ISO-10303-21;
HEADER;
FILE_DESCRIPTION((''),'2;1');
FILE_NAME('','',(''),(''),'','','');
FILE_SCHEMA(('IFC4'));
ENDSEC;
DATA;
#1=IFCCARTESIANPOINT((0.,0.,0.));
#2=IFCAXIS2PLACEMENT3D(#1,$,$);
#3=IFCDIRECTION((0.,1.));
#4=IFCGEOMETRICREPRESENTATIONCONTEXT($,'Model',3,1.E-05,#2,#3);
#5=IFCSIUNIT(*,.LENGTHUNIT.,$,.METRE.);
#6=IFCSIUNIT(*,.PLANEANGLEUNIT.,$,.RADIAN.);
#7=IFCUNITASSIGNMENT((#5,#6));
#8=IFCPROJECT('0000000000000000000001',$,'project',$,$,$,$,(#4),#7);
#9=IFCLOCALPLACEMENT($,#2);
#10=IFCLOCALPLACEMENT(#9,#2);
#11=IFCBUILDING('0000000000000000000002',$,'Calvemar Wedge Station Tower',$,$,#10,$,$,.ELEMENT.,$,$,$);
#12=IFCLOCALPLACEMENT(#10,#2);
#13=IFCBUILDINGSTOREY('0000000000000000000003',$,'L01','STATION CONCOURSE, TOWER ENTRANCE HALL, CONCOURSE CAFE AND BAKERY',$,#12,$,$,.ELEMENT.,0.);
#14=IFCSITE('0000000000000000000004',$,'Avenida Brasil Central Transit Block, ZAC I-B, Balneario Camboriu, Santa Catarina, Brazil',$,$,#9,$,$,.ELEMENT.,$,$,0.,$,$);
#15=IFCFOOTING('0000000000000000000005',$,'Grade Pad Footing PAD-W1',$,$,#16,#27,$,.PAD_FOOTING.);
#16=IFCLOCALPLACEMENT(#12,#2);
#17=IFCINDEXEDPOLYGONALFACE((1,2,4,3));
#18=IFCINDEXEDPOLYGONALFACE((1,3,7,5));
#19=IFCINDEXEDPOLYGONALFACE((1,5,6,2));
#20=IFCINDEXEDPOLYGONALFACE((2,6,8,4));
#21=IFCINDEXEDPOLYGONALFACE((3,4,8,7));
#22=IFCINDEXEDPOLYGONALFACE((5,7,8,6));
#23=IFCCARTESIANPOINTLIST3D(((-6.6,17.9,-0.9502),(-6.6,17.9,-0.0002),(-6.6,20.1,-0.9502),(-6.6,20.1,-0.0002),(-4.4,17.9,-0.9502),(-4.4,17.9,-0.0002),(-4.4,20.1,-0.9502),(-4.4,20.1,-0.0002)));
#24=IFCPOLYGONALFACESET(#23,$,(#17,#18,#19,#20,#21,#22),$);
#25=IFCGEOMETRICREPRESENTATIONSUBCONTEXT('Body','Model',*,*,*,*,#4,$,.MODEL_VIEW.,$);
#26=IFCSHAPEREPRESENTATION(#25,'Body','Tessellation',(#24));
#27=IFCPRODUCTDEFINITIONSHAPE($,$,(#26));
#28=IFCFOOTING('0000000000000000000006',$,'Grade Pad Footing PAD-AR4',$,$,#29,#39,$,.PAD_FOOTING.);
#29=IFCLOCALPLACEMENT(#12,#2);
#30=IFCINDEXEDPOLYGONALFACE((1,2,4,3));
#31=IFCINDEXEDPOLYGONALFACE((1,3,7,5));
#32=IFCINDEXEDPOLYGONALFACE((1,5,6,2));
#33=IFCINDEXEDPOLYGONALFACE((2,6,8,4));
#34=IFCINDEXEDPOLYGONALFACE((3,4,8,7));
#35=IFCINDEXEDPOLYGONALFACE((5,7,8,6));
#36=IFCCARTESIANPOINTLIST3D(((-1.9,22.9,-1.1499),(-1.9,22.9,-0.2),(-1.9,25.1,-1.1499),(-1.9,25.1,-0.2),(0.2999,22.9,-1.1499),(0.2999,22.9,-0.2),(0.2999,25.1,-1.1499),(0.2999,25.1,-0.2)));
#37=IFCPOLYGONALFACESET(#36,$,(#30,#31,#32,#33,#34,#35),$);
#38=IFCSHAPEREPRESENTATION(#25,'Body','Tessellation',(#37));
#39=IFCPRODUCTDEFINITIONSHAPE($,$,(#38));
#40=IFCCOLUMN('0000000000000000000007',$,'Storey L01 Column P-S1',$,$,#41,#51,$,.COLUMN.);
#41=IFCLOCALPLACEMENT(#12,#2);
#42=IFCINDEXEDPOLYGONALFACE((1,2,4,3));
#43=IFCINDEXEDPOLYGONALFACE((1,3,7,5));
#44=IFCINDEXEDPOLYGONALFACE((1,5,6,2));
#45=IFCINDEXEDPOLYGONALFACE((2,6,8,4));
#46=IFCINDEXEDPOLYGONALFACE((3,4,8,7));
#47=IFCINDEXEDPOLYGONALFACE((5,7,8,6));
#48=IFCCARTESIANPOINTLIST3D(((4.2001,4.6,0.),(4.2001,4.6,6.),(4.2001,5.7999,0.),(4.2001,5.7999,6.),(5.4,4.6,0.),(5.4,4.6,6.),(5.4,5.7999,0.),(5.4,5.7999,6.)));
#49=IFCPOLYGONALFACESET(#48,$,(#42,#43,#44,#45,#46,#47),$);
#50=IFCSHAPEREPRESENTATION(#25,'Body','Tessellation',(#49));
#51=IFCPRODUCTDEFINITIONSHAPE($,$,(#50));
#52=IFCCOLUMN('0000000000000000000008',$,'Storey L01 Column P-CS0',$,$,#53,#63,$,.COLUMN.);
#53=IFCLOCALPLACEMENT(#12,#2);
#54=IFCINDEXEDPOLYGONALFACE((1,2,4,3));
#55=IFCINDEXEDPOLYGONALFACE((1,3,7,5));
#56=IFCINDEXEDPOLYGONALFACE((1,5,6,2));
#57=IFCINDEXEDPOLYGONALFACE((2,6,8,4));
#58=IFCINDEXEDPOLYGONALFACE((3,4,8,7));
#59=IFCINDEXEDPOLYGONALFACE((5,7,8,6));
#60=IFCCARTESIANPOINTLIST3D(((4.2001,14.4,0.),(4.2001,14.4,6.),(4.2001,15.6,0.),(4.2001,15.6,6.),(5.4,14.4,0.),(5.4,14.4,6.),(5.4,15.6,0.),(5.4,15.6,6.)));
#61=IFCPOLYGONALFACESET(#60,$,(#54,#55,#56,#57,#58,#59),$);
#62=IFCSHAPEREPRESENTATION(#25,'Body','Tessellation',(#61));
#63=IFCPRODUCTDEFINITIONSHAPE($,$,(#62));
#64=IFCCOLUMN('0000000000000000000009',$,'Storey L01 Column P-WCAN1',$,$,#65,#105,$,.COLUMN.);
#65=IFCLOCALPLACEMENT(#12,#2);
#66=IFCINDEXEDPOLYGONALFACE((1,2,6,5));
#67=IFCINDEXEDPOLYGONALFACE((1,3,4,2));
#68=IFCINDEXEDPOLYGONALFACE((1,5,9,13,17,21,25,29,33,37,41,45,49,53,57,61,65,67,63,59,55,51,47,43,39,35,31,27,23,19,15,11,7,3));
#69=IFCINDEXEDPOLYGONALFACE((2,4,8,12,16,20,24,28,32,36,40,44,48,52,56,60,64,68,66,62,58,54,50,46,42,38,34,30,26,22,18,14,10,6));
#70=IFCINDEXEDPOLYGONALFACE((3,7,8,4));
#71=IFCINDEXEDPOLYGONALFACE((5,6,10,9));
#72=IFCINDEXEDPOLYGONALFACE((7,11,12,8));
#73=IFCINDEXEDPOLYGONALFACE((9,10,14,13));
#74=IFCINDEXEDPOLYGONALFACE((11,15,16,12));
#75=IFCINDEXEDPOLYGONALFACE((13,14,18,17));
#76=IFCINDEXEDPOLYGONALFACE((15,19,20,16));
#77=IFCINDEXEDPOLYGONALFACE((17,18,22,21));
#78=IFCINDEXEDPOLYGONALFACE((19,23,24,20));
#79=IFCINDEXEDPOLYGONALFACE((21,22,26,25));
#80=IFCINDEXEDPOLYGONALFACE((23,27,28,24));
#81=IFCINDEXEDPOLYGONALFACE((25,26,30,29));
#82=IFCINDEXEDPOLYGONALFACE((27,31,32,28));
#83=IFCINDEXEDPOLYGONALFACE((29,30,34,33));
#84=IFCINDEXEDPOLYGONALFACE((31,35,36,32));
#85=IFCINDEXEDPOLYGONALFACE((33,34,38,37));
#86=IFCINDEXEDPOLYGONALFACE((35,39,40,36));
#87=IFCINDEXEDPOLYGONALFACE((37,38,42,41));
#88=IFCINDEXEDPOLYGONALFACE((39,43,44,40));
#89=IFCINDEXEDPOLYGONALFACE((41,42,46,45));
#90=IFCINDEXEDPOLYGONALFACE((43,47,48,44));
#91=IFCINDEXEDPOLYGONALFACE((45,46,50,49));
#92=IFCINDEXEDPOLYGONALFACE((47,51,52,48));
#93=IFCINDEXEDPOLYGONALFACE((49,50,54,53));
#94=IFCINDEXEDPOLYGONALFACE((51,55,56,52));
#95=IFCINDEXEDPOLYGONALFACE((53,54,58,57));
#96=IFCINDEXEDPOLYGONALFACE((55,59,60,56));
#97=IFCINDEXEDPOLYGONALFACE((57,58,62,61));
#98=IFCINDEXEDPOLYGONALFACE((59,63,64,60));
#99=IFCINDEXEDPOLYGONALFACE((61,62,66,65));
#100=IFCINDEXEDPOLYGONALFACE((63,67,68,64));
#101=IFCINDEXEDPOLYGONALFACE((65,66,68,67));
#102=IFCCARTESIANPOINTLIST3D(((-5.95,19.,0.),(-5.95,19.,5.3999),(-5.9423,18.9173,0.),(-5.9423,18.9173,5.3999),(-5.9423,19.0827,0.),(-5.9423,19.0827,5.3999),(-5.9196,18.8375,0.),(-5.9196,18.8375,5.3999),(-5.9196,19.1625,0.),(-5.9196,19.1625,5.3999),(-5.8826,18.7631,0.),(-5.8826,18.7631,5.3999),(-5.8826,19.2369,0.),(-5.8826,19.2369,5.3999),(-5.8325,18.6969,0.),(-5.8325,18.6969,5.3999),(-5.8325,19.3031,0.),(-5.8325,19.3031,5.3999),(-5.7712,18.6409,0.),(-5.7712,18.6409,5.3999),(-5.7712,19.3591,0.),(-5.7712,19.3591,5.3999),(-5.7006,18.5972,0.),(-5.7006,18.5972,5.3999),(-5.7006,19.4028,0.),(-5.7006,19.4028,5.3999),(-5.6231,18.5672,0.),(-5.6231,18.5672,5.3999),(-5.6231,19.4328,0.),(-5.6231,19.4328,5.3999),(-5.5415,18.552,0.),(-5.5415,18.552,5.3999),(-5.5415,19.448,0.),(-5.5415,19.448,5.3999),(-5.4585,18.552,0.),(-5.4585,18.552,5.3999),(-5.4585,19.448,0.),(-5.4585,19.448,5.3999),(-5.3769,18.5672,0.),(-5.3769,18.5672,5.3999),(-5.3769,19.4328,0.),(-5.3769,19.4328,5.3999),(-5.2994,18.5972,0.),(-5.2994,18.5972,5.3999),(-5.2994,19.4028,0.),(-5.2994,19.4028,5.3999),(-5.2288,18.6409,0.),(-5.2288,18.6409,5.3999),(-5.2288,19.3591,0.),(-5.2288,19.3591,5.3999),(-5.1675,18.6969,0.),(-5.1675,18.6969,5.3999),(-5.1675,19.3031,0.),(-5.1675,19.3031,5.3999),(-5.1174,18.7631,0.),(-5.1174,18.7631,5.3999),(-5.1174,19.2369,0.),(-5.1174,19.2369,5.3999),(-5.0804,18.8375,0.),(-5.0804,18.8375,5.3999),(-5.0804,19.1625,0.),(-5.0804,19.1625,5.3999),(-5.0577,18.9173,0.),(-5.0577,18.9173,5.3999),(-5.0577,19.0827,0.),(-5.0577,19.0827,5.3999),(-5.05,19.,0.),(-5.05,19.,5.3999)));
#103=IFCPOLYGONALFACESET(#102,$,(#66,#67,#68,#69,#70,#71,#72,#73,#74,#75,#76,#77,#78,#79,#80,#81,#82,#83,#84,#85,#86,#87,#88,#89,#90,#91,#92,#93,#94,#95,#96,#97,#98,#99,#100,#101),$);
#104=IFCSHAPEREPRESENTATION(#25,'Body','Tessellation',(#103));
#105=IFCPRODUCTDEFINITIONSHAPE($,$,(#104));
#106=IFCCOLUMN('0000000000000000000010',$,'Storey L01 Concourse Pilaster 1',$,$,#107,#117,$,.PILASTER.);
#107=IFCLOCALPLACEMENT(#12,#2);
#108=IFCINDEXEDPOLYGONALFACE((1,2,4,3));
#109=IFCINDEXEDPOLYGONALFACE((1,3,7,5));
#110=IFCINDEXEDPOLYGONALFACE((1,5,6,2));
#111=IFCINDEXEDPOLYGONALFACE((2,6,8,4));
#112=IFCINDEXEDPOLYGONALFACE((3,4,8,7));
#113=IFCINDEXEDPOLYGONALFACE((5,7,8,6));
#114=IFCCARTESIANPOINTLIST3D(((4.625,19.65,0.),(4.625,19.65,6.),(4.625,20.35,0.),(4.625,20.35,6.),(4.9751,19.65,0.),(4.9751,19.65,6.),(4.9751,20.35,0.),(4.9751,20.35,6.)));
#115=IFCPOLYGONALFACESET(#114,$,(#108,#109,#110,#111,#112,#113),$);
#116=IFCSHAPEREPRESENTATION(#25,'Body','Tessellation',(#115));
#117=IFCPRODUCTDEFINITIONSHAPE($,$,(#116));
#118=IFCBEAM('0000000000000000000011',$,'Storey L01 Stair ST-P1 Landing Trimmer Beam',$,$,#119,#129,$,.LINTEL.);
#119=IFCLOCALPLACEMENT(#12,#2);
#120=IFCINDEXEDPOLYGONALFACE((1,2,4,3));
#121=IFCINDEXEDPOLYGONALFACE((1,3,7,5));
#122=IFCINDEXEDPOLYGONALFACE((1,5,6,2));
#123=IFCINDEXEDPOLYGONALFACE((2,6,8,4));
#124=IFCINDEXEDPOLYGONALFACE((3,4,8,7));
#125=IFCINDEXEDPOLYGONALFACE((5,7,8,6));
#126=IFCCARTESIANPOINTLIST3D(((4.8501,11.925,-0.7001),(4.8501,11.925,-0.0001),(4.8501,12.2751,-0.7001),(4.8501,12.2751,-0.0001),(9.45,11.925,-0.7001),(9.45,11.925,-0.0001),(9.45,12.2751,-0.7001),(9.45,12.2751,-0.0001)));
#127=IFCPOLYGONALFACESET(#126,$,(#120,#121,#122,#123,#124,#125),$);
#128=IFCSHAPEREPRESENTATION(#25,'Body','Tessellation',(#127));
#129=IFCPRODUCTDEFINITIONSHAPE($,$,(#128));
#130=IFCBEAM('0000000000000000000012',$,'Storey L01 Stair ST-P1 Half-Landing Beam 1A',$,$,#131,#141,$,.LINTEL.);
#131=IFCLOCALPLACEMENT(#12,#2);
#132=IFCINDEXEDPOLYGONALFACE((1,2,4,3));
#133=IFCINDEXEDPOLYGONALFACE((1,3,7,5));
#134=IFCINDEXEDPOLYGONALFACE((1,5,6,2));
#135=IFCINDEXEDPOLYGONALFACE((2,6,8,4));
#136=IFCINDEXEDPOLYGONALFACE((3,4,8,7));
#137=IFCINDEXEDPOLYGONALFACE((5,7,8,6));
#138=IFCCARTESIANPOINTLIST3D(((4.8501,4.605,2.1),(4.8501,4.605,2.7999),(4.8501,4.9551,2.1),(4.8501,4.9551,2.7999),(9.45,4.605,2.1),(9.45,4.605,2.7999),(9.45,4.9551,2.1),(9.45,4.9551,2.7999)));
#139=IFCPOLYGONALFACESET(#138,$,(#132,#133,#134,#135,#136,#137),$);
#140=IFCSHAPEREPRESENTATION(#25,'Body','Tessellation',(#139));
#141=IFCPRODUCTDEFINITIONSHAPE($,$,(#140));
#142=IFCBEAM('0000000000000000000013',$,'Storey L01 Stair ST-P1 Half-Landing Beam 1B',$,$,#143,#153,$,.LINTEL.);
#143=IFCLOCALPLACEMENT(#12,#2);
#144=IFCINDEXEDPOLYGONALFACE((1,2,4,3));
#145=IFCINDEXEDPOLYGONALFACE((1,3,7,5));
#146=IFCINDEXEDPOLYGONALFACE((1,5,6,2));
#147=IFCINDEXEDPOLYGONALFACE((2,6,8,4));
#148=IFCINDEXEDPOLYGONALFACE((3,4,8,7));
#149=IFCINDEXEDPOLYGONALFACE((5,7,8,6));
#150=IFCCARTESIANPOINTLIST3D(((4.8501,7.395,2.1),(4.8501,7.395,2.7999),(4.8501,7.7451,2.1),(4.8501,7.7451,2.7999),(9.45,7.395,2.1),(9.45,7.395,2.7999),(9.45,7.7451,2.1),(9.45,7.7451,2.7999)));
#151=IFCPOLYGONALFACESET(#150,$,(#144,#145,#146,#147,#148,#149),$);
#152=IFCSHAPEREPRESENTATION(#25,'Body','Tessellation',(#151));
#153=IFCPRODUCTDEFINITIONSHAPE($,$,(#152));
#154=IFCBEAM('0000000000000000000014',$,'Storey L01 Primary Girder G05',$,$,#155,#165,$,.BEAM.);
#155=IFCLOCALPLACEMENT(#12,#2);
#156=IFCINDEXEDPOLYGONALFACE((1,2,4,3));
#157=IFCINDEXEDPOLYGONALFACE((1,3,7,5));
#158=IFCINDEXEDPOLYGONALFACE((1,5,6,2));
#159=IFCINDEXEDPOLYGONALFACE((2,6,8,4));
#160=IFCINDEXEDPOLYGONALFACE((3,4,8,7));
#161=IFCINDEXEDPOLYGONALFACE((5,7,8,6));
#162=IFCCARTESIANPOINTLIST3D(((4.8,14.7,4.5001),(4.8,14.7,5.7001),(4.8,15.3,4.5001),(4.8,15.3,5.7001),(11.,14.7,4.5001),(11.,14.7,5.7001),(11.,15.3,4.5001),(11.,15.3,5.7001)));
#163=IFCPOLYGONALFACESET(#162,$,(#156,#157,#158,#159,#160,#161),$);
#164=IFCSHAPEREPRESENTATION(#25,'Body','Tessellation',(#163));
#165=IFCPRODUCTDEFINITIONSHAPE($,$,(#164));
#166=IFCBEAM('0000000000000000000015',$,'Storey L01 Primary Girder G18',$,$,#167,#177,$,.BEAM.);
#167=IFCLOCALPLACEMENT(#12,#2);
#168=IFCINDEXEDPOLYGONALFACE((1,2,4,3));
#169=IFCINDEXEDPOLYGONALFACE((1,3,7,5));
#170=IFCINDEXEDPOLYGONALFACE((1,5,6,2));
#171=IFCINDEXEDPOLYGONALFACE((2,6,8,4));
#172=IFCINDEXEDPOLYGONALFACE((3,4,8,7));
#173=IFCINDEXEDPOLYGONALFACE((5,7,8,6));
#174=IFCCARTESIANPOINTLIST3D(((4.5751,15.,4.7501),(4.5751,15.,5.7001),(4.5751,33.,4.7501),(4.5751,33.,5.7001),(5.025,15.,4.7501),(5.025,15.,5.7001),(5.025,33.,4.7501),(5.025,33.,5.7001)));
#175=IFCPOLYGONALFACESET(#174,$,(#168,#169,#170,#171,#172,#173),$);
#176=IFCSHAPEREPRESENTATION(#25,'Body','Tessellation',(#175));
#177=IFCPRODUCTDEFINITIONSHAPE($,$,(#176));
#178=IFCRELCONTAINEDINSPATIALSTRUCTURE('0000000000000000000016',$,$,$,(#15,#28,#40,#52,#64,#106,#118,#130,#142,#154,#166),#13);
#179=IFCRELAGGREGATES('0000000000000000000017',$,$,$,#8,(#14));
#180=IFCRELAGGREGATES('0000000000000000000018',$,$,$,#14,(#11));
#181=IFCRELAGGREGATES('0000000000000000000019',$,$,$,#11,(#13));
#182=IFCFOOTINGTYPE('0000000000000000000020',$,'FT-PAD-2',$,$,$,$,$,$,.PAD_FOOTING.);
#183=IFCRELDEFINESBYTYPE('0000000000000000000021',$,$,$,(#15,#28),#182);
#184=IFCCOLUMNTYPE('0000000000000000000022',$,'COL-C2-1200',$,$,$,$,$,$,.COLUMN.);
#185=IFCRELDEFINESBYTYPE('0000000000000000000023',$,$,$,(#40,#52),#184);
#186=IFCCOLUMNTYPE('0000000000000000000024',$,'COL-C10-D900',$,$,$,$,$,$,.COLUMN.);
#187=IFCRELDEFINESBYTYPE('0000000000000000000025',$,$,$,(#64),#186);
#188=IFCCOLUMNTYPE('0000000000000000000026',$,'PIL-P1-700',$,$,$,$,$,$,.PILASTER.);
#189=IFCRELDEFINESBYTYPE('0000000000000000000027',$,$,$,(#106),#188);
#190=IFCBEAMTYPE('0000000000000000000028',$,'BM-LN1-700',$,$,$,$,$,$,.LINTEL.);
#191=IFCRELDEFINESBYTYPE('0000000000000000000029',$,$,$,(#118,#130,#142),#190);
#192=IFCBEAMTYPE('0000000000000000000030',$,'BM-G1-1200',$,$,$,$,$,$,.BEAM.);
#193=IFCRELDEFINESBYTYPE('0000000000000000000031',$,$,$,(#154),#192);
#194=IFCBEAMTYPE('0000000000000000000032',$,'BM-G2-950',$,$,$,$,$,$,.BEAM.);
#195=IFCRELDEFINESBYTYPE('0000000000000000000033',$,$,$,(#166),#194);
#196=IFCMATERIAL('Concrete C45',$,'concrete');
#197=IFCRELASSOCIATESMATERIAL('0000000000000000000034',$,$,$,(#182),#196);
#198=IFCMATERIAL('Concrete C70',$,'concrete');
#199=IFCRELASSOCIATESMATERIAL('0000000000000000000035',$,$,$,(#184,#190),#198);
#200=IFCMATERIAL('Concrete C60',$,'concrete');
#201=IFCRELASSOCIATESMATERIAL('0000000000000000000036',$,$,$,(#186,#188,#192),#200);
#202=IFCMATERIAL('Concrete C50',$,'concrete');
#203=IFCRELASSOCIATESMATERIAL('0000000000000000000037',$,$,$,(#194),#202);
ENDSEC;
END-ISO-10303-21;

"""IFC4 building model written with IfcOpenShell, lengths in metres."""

from ifc_helpers import new_model, si_unit, direction, frame, origin, origin_2d, place, context, subcontext, project, spatial, rectangle, circle, extrude, source, transform, mapped, material, material_profile, profile_set, type_object, element, save


model = new_model("IFC4")

# Units and contexts
model_context = context("Model", 3, precision=1e-05, world=origin(), true_north=direction((0.0, 1.0)))
body_context = subcontext(model_context, "Body", "Model", "MODEL_VIEW")
ifc_project = project(units=[si_unit("LENGTHUNIT", "METRE"), si_unit("PLANEANGLEUNIT", "RADIAN")], contexts=[model_context])

# Site, building, storey
site_placement = place(None, origin())
site = spatial("IfcSite", under=ifc_project, at=site_placement, Name="Avenida Brasil Central Transit Block, ZAC I-B, Balneario Camboriu, Santa Catarina, Brazil", CompositionType="ELEMENT", RefElevation=0.0)
building_placement = place(site_placement, origin())
building = spatial("IfcBuilding", under=site, at=building_placement, Name="Calvemar Wedge Station Tower", CompositionType="ELEMENT")
storey_placement = place(building_placement, origin())
storey = spatial("IfcBuildingStorey", under=building, at=storey_placement, Name="L01", Description="STATION CONCOURSE, TOWER ENTRANCE HALL, CONCOURSE CAFE AND BAKERY", CompositionType="ELEMENT", Elevation=0.0)

# Footings
ifc_material_1 = material(Name="Concrete C45", Category="concrete")
footing_type = type_object("IfcFootingType", Name="FT-PAD-2", PredefinedType="PAD_FOOTING", material=ifc_material_1)
shared_shape_1 = source(origin(), body_context, "Body", "SweptSolid", [
    extrude(rectangle(XDim=2.2, YDim=2.2, at=origin_2d()), origin(), (0.0, 0.0, 1.0), 0.95),
])
for number, where, z_axis, x_axis, name in (
    (1, (-5.5, 19.0, -0.9502), (0.0, 0.0, 1.0), (1.0, 0.0, 0.0), "Grade Pad Footing PAD-W1"),
    (2, (-0.8, 24.0, -1.1499), (0.0, 0.0, 1.0), (1.0, 0.0, 0.0), "Grade Pad Footing PAD-AR4"),
):
    element("IfcFooting", number, at=place(storey_placement, frame(where, z_axis=z_axis, x_axis=x_axis)), inside=storey, type_object=footing_type, Name=name, PredefinedType="PAD_FOOTING", context=body_context, shape_type="MappedRepresentation", body=[
        mapped(shared_shape_1, transform((0.0, 0.0, 0.0), scale=1.0)),
    ])

# Columns
ifc_material_2 = material(Name="Concrete C70", Category="concrete")
ifc_material_profile_1 = material_profile(ifc_material_2, rectangle(XDim=1.2, YDim=1.2, at=origin_2d()), Name="RC1200x1200")
ifc_profile_set_1 = profile_set([ifc_material_profile_1], Name="Concrete C70")
column_type_1 = type_object("IfcColumnType", Name="COL-C2-1200", PredefinedType="COLUMN", material=ifc_profile_set_1)
shared_shape_2 = source(origin(), body_context, "Body", "SweptSolid", [
    extrude(rectangle(XDim=1.2, YDim=1.2, at=origin_2d()), origin(), (0.0, 0.0, 1.0), 6.0),
])
for number, where, z_axis, x_axis, name in (
    (3, (4.8, 5.2, 0.0), (0.0, 0.0, 1.0), (1.0, 0.0, 0.0), "Storey L01 Column P-S1"),
    (4, (4.8, 15.0, 0.0), (0.0, 0.0, 1.0), (1.0, 0.0, 0.0), "Storey L01 Column P-CS0"),
):
    element("IfcColumn", number, at=place(storey_placement, frame(where, z_axis=z_axis, x_axis=x_axis)), inside=storey, type_object=column_type_1, Name=name, PredefinedType="COLUMN", context=body_context, shape_type="MappedRepresentation", body=[
        mapped(shared_shape_2, transform((0.0, 0.0, 0.0), scale=1.0)),
    ])
ifc_material_3 = material(Name="Concrete C60", Category="concrete")
ifc_material_profile_2 = material_profile(ifc_material_3, circle(Radius=0.45, at=origin_2d()), Name="RC-D900")
ifc_profile_set_2 = profile_set([ifc_material_profile_2], Name="Concrete C60")
column_type_2 = type_object("IfcColumnType", Name="COL-C10-D900", PredefinedType="COLUMN", material=ifc_profile_set_2)
shared_shape_3 = source(origin(), body_context, "Body", "SweptSolid", [
    extrude(circle(Radius=0.45, at=origin_2d()), origin(), (0.0, 0.0, 1.0), 5.3999),
])
column_1_placement = place(storey_placement, frame((-5.5, 19.0, 0.0), z_axis=(0.0, 0.0, 1.0), x_axis=(1.0, 0.0, 0.0)))
element("IfcColumn", 5, at=column_1_placement, inside=storey, type_object=column_type_2, Name="Storey L01 Column P-WCAN1", PredefinedType="COLUMN", context=body_context, shape_type="MappedRepresentation", body=[
    mapped(shared_shape_3, transform((0.0, 0.0, 0.0), scale=1.0)),
])
ifc_material_profile_3 = material_profile(ifc_material_3, rectangle(XDim=0.3501, YDim=0.7, at=origin_2d()), Name="RC350x700")
ifc_profile_set_3 = profile_set([ifc_material_profile_3], Name="Concrete C60")
column_type_3 = type_object("IfcColumnType", Name="PIL-P1-700", PredefinedType="PILASTER", material=ifc_profile_set_3)
shared_shape_4 = source(origin(), body_context, "Body", "SweptSolid", [
    extrude(rectangle(XDim=0.3501, YDim=0.7, at=origin_2d()), origin(), (0.0, 0.0, 1.0), 6.0),
])
column_2_placement = place(storey_placement, frame((4.8, 20.0, 0.0), z_axis=(0.0, 0.0, 1.0), x_axis=(1.0, 0.0, 0.0)))
element("IfcColumn", 6, at=column_2_placement, inside=storey, type_object=column_type_3, Name="Storey L01 Concourse Pilaster 1", PredefinedType="PILASTER", context=body_context, shape_type="MappedRepresentation", body=[
    mapped(shared_shape_4, transform((0.0, 0.0, 0.0), scale=1.0)),
])

# Beams
ifc_material_profile_4 = material_profile(ifc_material_2, rectangle(XDim=0.3501, YDim=0.7, at=origin_2d()), Name="RC350x700")
ifc_profile_set_4 = profile_set([ifc_material_profile_4], Name="Concrete C70")
beam_type_1 = type_object("IfcBeamType", Name="BM-LN1-700", PredefinedType="LINTEL", material=ifc_profile_set_4)
shared_shape_5 = source(origin(), body_context, "Body", "SweptSolid", [
    extrude(rectangle(XDim=0.3501, YDim=0.7, at=origin_2d()), origin(), (0.0, 0.0, 1.0), 4.5999),
])
for number, where, z_axis, x_axis, name in (
    (7, (4.8501, 12.1001, -0.3501), (1.0, 0.0, 0.0), (0.0, 1.0, 0.0), "Storey L01 Stair ST-P1 Landing Trimmer Beam"),
    (8, (4.8501, 4.78, 2.45), (1.0, 0.0, 0.0), (0.0, 1.0, 0.0), "Storey L01 Stair ST-P1 Half-Landing Beam 1A"),
    (9, (4.8501, 7.5701, 2.45), (1.0, 0.0, 0.0), (0.0, 1.0, 0.0), "Storey L01 Stair ST-P1 Half-Landing Beam 1B"),
):
    element("IfcBeam", number, at=place(storey_placement, frame(where, z_axis=z_axis, x_axis=x_axis)), inside=storey, type_object=beam_type_1, Name=name, PredefinedType="LINTEL", context=body_context, shape_type="MappedRepresentation", body=[
        mapped(shared_shape_5, transform((0.0, 0.0, 0.0), scale=1.0)),
    ])
ifc_material_profile_5 = material_profile(ifc_material_3, rectangle(XDim=0.6001, YDim=1.2, at=origin_2d()), Name="RC600x1200")
ifc_profile_set_5 = profile_set([ifc_material_profile_5], Name="Concrete C60")
beam_type_2 = type_object("IfcBeamType", Name="BM-G1-1200", PredefinedType="BEAM", material=ifc_profile_set_5)
shared_shape_6 = source(origin(), body_context, "Body", "SweptSolid", [
    extrude(rectangle(XDim=0.6001, YDim=1.2, at=origin_2d()), origin(), (0.0, 0.0, 1.0), 6.2),
])
beam_1_placement = place(storey_placement, frame((4.8, 15.0, 5.1001), z_axis=(1.0, 0.0, 0.0), x_axis=(0.0, 1.0, 0.0)))
element("IfcBeam", 10, at=beam_1_placement, inside=storey, type_object=beam_type_2, Name="Storey L01 Primary Girder G05", PredefinedType="BEAM", context=body_context, shape_type="MappedRepresentation", body=[
    mapped(shared_shape_6, transform((0.0, 0.0, 0.0), scale=1.0)),
])
ifc_material_4 = material(Name="Concrete C50", Category="concrete")
ifc_material_profile_6 = material_profile(ifc_material_4, rectangle(XDim=0.45, YDim=0.95, at=origin_2d()), Name="RC450x950")
ifc_profile_set_6 = profile_set([ifc_material_profile_6], Name="Concrete C50")
beam_type_3 = type_object("IfcBeamType", Name="BM-G2-950", PredefinedType="BEAM", material=ifc_profile_set_6)
shared_shape_7 = source(origin(), body_context, "Body", "SweptSolid", [
    extrude(rectangle(XDim=0.45, YDim=0.95, at=origin_2d()), origin(), (0.0, 0.0, 1.0), 18.0),
])
beam_2_placement = place(storey_placement, frame((4.8, 15.0, 5.2251), z_axis=(0.0, 1.0, 0.0), x_axis=(-1.0, 0.0, 0.0)))
element("IfcBeam", 11, at=beam_2_placement, inside=storey, type_object=beam_type_3, Name="Storey L01 Primary Girder G18", PredefinedType="BEAM", context=body_context, shape_type="MappedRepresentation", body=[
    mapped(shared_shape_7, transform((0.0, 0.0, 0.0), scale=1.0)),
])

save(model, "model.ifc")
